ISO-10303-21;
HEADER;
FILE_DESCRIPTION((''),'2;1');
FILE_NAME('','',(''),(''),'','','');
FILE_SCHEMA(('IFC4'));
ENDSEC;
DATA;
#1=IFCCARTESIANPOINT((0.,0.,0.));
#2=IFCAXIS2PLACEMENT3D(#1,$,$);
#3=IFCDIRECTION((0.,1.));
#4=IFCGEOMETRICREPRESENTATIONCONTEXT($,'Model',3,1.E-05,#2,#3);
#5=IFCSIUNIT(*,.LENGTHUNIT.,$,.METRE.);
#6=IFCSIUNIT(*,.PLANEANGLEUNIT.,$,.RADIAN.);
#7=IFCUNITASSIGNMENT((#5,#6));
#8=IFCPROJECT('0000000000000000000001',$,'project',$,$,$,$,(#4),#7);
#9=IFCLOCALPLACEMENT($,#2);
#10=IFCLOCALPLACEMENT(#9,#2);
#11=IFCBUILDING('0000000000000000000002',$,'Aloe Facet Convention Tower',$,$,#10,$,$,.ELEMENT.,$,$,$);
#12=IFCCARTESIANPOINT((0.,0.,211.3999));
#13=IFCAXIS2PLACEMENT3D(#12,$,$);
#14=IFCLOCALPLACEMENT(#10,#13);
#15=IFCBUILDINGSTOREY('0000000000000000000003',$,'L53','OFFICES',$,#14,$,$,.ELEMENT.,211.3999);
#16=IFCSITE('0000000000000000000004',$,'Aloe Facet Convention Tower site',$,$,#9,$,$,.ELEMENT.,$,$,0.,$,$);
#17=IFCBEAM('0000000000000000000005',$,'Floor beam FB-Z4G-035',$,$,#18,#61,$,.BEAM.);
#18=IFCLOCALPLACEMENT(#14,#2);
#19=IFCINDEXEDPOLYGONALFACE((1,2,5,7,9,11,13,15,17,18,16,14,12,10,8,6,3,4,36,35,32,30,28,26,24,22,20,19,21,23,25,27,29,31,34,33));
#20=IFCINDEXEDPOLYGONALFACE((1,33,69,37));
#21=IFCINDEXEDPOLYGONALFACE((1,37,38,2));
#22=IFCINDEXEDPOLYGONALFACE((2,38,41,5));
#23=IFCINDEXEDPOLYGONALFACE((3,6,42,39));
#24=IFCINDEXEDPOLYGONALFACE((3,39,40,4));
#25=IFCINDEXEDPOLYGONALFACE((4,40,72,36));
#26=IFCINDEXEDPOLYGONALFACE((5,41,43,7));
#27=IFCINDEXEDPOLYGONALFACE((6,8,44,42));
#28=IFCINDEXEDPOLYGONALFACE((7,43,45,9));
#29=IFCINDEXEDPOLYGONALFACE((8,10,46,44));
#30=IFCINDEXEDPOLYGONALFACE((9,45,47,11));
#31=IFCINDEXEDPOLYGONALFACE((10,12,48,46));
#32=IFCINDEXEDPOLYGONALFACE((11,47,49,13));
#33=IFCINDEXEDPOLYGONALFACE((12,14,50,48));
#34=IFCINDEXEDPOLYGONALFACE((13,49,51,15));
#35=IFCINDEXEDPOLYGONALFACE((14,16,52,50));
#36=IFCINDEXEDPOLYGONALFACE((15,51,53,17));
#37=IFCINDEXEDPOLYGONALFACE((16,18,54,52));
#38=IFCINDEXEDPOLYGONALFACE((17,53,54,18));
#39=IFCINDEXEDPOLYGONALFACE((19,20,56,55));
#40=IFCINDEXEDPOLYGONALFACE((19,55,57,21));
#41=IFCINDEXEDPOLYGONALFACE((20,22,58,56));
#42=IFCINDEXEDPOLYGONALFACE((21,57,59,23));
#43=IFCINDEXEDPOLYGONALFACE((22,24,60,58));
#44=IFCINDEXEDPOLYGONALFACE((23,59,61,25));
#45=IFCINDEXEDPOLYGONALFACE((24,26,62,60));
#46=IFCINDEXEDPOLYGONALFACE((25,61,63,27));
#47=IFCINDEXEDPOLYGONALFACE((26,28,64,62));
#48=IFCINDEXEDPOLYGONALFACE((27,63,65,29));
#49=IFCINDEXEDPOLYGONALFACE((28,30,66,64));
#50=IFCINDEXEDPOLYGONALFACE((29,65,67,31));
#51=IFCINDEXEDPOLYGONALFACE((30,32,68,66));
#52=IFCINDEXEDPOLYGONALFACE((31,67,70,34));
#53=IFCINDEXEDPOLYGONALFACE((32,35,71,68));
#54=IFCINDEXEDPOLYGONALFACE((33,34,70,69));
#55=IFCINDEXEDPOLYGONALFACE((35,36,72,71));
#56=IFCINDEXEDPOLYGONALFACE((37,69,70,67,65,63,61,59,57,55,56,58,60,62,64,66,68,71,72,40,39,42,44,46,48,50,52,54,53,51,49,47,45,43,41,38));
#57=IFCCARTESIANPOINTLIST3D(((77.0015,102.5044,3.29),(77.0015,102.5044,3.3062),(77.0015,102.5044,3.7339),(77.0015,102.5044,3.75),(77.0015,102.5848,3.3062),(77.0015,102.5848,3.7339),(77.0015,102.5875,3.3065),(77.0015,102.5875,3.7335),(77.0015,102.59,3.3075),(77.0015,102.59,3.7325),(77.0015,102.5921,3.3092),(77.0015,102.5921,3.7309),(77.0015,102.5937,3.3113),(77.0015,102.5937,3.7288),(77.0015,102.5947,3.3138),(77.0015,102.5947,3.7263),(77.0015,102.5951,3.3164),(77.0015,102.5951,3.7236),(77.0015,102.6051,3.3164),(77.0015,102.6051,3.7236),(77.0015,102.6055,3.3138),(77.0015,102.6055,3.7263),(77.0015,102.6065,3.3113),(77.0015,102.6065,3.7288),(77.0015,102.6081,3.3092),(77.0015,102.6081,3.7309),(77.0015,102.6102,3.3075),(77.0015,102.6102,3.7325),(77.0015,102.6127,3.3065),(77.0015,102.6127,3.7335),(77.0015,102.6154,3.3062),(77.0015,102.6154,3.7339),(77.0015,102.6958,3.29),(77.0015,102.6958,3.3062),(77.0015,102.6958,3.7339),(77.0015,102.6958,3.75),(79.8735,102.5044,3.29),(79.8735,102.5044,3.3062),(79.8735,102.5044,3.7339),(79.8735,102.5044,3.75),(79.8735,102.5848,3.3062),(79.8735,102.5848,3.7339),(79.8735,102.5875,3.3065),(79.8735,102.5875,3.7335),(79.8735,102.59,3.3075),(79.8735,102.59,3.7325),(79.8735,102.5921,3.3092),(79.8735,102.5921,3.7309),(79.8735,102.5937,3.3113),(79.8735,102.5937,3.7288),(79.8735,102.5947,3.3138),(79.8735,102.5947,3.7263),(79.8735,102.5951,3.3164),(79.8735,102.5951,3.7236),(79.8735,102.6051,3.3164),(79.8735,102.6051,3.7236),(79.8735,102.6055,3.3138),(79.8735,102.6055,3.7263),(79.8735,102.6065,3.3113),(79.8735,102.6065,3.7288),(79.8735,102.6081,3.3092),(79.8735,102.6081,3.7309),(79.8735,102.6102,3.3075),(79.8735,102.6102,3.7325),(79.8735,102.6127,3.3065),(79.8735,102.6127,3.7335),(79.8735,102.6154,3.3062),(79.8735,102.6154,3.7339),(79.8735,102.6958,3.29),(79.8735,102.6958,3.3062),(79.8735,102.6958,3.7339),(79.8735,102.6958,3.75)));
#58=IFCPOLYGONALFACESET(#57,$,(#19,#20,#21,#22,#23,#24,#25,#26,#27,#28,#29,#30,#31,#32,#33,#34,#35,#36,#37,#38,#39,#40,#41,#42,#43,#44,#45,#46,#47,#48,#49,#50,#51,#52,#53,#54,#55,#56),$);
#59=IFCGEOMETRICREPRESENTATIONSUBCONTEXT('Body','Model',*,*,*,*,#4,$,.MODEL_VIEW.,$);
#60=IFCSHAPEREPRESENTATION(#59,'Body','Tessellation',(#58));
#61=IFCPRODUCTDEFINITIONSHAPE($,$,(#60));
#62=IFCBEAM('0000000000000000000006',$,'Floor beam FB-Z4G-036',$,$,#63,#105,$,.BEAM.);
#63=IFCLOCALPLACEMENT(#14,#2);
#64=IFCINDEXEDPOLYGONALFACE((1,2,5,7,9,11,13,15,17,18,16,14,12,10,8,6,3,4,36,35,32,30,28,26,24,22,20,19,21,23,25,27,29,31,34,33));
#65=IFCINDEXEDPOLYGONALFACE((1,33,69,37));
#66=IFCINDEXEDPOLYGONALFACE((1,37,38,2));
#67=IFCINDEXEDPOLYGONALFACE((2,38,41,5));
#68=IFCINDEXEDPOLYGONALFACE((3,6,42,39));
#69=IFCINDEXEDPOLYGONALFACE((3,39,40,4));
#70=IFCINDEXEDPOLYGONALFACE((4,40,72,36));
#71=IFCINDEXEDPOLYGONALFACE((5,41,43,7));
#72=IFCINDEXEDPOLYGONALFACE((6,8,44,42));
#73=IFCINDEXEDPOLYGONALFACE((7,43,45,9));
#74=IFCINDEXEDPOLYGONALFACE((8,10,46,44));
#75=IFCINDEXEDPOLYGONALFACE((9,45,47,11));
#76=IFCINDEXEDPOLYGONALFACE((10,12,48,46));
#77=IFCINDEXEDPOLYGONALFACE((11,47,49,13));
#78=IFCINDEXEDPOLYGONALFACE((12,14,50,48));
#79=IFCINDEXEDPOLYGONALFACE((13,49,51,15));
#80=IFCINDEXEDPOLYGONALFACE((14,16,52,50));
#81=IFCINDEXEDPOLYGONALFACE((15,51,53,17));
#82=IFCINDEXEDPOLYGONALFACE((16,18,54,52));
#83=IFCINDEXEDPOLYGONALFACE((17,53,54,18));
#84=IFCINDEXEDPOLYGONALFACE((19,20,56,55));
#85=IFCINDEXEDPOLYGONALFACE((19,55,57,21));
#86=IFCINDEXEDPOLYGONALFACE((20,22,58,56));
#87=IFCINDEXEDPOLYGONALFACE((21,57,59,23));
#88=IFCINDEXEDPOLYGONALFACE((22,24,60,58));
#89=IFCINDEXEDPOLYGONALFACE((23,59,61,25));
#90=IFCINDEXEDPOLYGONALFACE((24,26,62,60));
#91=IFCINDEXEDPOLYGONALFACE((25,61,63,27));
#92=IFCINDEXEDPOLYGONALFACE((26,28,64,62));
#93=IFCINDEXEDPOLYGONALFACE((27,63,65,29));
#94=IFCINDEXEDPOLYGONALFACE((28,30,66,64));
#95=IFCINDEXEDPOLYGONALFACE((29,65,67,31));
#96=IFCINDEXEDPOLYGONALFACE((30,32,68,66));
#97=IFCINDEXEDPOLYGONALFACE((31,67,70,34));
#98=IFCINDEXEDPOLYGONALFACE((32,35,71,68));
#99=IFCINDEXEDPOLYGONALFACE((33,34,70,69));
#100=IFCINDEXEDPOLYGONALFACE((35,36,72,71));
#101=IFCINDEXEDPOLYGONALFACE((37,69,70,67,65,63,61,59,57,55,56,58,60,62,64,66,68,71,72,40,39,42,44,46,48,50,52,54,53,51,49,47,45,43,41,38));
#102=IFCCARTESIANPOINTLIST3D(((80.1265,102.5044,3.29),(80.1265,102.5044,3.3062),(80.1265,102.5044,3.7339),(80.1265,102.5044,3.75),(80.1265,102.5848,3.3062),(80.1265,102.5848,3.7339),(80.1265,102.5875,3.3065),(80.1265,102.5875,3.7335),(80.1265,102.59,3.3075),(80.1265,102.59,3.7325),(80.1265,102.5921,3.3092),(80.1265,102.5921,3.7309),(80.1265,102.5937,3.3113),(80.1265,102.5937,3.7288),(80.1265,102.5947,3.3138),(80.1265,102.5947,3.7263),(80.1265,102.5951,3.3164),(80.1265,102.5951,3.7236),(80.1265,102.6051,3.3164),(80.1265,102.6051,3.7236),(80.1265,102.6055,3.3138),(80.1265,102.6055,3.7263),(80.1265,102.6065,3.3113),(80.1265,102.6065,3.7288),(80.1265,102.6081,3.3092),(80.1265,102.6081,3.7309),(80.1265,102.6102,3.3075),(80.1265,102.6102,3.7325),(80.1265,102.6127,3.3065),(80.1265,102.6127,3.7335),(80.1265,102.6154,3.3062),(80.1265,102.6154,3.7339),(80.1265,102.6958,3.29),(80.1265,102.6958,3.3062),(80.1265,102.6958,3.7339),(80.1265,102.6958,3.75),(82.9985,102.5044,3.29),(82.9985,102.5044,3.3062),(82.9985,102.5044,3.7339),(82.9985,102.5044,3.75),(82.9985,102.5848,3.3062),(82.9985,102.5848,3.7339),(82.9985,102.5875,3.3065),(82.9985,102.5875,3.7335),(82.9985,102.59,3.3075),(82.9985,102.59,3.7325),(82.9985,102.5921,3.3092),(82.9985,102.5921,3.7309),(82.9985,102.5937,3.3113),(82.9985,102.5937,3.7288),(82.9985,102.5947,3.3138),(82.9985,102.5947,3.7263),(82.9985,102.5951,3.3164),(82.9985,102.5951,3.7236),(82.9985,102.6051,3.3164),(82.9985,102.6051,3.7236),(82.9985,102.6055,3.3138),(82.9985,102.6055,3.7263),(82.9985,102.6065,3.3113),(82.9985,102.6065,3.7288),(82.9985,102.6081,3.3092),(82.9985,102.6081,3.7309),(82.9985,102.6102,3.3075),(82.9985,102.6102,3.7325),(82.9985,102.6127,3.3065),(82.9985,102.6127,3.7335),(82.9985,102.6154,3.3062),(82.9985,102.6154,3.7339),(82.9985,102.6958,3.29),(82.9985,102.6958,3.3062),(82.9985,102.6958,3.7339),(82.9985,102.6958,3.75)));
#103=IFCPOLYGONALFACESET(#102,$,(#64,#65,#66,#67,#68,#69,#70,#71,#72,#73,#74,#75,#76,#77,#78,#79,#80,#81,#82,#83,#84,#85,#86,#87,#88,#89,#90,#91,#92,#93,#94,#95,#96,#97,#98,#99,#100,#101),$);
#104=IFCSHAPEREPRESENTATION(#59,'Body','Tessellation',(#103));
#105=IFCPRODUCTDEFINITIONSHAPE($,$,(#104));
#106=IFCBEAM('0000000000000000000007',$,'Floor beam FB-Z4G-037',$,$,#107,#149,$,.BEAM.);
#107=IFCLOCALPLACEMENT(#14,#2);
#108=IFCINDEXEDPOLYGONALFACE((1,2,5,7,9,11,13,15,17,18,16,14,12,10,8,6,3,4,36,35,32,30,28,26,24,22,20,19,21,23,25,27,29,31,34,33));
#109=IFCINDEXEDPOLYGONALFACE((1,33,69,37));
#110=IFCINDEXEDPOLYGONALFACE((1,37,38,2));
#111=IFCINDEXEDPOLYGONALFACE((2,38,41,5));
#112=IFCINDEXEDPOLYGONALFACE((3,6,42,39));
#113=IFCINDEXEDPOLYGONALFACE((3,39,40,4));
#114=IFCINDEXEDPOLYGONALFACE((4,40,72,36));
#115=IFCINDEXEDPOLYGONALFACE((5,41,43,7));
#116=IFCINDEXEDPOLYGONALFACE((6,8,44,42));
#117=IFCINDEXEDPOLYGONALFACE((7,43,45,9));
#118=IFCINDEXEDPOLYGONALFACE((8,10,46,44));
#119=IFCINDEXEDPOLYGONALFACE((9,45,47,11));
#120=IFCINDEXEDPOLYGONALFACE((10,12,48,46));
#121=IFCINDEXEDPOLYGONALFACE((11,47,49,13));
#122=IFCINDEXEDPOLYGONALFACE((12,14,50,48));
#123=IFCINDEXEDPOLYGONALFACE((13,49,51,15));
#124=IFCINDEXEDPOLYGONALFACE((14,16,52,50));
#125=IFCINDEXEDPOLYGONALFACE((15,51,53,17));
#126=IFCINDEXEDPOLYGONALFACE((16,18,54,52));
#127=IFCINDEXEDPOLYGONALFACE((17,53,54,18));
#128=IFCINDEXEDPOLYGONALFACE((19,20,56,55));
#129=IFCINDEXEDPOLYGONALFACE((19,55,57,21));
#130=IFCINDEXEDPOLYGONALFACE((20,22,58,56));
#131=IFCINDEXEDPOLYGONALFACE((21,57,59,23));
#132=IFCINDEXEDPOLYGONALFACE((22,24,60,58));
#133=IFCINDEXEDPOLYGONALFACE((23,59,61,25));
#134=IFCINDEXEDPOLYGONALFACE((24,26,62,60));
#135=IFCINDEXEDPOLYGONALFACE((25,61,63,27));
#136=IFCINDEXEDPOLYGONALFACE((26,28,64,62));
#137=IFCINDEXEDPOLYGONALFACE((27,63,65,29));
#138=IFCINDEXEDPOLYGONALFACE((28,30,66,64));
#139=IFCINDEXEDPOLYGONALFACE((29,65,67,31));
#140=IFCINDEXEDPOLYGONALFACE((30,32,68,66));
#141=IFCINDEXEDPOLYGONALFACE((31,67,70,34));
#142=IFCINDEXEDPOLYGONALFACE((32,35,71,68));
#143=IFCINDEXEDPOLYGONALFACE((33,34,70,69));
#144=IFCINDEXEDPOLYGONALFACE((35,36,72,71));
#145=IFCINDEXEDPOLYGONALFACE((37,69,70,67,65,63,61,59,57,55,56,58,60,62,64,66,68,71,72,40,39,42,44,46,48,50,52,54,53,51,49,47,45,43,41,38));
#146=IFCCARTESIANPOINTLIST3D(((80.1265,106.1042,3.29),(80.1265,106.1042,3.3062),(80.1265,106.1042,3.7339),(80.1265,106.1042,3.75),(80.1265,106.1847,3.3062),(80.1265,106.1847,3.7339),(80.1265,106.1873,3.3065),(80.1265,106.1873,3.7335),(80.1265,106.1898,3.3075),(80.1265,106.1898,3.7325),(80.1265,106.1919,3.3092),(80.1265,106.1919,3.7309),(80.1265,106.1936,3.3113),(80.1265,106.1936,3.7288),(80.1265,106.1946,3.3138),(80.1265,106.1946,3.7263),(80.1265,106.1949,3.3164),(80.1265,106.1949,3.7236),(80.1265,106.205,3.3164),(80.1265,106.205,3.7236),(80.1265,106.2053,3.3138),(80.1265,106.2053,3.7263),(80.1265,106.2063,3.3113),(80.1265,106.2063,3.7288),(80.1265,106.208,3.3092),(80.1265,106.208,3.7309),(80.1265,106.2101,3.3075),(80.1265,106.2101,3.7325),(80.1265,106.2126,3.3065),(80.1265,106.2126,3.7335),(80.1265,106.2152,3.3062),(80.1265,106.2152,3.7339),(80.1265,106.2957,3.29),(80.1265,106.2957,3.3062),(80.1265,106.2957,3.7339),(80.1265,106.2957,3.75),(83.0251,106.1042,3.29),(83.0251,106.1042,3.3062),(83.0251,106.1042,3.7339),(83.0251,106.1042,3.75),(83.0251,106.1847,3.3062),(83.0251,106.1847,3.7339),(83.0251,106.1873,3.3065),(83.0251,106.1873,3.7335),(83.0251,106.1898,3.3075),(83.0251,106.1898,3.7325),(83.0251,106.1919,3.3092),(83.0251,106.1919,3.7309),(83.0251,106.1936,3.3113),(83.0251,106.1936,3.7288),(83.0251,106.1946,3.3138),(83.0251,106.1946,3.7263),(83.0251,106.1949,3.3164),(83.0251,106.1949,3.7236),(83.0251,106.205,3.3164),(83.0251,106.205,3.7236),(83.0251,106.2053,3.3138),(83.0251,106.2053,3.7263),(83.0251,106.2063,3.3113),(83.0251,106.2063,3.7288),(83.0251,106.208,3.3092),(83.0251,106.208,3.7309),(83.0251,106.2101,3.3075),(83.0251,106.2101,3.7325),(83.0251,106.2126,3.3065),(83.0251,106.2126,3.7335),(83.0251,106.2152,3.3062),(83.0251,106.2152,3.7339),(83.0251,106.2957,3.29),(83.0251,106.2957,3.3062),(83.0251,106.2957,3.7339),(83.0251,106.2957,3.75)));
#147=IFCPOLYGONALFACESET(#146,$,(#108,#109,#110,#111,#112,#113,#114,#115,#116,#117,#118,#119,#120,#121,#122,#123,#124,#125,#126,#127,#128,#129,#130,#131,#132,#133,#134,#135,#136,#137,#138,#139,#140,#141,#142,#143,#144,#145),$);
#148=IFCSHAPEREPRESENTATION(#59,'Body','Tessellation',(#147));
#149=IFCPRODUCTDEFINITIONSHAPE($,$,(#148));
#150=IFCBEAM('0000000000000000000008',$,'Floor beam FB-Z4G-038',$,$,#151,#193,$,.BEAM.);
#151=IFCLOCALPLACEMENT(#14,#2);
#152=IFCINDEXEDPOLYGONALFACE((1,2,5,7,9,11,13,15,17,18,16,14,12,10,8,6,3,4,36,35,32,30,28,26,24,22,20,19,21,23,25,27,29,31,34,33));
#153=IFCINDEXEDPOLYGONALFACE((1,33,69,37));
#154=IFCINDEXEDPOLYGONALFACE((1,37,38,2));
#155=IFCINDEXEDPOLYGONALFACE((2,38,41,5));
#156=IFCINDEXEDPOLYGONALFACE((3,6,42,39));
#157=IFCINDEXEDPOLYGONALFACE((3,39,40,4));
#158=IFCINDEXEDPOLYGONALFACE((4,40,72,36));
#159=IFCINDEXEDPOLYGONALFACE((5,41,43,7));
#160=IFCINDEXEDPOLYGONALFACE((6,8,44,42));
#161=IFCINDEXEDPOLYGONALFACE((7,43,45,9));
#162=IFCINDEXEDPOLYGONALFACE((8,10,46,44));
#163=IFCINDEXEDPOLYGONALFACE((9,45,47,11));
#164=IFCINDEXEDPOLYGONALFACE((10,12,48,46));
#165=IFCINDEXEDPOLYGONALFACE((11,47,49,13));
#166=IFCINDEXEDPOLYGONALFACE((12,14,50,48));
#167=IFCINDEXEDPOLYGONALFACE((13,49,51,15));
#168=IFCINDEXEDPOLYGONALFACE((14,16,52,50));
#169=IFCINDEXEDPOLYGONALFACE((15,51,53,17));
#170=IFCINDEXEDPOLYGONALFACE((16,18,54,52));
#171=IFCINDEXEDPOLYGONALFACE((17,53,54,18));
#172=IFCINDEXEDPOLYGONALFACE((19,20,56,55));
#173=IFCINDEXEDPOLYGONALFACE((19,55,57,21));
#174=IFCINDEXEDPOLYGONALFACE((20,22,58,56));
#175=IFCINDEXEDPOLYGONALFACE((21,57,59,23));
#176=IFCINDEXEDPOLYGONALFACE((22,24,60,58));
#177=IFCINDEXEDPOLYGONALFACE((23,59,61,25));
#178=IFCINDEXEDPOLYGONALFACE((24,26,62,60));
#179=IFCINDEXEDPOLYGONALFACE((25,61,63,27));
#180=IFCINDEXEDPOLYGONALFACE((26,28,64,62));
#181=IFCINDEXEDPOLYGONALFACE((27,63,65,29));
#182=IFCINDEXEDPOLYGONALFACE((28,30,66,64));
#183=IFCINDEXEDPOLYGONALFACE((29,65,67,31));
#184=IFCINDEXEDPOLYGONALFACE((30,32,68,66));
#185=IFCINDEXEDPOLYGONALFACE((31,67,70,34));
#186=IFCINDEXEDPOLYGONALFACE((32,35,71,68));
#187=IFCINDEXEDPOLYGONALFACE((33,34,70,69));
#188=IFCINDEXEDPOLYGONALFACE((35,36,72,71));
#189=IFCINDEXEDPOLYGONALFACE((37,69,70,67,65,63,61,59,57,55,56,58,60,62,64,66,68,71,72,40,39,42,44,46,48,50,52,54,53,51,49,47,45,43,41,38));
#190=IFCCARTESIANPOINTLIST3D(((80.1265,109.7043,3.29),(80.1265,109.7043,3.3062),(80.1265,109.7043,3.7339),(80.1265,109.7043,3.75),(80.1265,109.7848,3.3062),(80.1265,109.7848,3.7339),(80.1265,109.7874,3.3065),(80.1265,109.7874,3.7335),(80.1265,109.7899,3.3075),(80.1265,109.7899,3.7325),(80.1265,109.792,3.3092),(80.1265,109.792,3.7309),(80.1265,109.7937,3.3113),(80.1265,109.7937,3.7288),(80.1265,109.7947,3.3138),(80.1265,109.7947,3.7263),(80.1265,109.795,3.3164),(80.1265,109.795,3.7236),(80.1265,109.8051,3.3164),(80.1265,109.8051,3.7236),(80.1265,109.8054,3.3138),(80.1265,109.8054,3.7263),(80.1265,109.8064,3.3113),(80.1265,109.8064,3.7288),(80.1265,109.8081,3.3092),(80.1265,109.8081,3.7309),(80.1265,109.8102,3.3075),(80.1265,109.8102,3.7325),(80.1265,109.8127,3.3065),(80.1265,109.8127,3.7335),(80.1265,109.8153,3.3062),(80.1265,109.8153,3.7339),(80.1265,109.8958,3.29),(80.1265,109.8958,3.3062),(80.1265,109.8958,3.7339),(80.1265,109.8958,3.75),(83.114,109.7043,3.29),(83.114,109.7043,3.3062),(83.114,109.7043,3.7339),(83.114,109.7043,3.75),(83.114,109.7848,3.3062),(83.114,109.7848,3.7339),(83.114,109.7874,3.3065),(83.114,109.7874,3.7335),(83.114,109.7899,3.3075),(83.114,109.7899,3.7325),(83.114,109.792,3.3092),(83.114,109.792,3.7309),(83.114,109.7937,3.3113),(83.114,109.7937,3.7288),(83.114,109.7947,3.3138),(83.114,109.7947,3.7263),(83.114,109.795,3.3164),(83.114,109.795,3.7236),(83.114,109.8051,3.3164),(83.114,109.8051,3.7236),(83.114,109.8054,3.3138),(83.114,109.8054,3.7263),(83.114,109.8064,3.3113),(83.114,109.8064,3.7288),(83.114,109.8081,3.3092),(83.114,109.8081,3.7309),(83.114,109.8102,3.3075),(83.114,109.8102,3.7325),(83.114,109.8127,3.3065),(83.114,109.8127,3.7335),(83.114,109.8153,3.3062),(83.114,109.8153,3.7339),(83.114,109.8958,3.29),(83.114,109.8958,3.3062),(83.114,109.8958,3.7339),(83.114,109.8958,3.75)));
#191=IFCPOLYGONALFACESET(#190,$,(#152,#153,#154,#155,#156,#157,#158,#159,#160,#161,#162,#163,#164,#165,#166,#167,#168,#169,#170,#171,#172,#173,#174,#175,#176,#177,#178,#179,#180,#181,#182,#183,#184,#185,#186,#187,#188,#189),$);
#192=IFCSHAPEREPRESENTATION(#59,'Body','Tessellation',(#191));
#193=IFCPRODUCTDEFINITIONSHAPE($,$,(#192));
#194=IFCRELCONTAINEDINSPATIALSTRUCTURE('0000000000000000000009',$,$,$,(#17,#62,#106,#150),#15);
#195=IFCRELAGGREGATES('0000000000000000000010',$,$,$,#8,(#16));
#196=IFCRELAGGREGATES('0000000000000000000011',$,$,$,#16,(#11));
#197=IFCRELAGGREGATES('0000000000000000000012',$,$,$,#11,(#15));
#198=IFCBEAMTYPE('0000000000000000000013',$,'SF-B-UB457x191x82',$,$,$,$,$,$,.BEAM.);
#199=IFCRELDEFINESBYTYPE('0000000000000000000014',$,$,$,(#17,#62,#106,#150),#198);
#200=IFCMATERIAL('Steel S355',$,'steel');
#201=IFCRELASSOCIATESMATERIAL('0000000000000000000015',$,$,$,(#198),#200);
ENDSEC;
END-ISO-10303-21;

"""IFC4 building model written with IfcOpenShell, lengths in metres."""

from ifc_helpers import new_model, si_unit, direction, frame, origin, origin_2d, place, context, subcontext, project, spatial, i_section, extrude, material, material_profile, profile_set, type_object, element, save


model = new_model("IFC4")

# Units and contexts
model_context = context("Model", 3, precision=1e-05, world=origin(), true_north=direction((0.0, 1.0)))
body_context = subcontext(model_context, "Body", "Model", "MODEL_VIEW")
ifc_project = project(units=[si_unit("LENGTHUNIT", "METRE"), si_unit("PLANEANGLEUNIT", "RADIAN")], contexts=[model_context])

# Site, building, storey
site_placement = place(None, origin())
site = spatial("IfcSite", under=ifc_project, at=site_placement, Name="Aloe Facet Convention Tower site", CompositionType="ELEMENT", RefElevation=0.0)
building_placement = place(site_placement, origin())
building = spatial("IfcBuilding", under=site, at=building_placement, Name="Aloe Facet Convention Tower", CompositionType="ELEMENT")
storey_placement = place(building_placement, frame((0.0, 0.0, 211.3999)))
storey = spatial("IfcBuildingStorey", under=building, at=storey_placement, Name="L53", Description="OFFICES", CompositionType="ELEMENT", Elevation=211.3999)

# Beams
ifc_material_1 = material(Name="Steel S355", Category="steel")
ifc_material_profile_1 = material_profile(ifc_material_1, i_section(OverallWidth=0.1914, OverallDepth=0.46, WebThickness=0.01, FlangeThickness=0.0161, FilletRadius=0.0103, at=origin_2d()), Name="UB 457x191x82")
ifc_profile_set_1 = profile_set([ifc_material_profile_1], Name="Steel S355")
beam_type_1 = type_object("IfcBeamType", Name="SF-B-UB457x191x82", PredefinedType="BEAM", material=ifc_profile_set_1)
for number, where, z_axis, x_axis, name in (
    (1, (77.0015, 102.6001, 3.52), (1.0, 0.0, 0.0), (0.0, 1.0, 0.0), "Floor beam FB-Z4G-035"),
    (2, (80.1265, 102.6001, 3.52), (1.0, 0.0, 0.0), (0.0, 1.0, 0.0), "Floor beam FB-Z4G-036"),
):
    element("IfcBeam", number, at=place(storey_placement, frame(where, z_axis=z_axis, x_axis=x_axis)), inside=storey, type_object=beam_type_1, Name=name, PredefinedType="BEAM", context=body_context, shape_type="SweptSolid", body=[
        extrude(i_section(OverallWidth=0.1914, OverallDepth=0.46, WebThickness=0.01, FlangeThickness=0.0161, FilletRadius=0.0103, at=origin_2d()), origin(), (0.0, 0.0, 1.0), 2.8721),
    ])
beam_1_placement = place(storey_placement, frame((80.1265, 106.2, 3.52), z_axis=(1.0, 0.0, 0.0), x_axis=(0.0, 1.0, 0.0)))
element("IfcBeam", 3, at=beam_1_placement, inside=storey, type_object=beam_type_1, Name="Floor beam FB-Z4G-037", PredefinedType="BEAM", context=body_context, shape_type="SweptSolid", body=[
    extrude(i_section(OverallWidth=0.1914, OverallDepth=0.46, WebThickness=0.01, FlangeThickness=0.0161, FilletRadius=0.0103, at=origin_2d()), origin(), (0.0, 0.0, 1.0), 2.8987),
])
beam_2_placement = place(storey_placement, frame((80.1265, 109.8, 3.52), z_axis=(1.0, 0.0, 0.0), x_axis=(0.0, 1.0, 0.0)))
element("IfcBeam", 4, at=beam_2_placement, inside=storey, type_object=beam_type_1, Name="Floor beam FB-Z4G-038", PredefinedType="BEAM", context=body_context, shape_type="SweptSolid", body=[
    extrude(i_section(OverallWidth=0.1914, OverallDepth=0.46, WebThickness=0.01, FlangeThickness=0.0161, FilletRadius=0.0103, at=origin_2d()), origin(), (0.0, 0.0, 1.0), 2.9875),
])

save(model, "model.ifc")
